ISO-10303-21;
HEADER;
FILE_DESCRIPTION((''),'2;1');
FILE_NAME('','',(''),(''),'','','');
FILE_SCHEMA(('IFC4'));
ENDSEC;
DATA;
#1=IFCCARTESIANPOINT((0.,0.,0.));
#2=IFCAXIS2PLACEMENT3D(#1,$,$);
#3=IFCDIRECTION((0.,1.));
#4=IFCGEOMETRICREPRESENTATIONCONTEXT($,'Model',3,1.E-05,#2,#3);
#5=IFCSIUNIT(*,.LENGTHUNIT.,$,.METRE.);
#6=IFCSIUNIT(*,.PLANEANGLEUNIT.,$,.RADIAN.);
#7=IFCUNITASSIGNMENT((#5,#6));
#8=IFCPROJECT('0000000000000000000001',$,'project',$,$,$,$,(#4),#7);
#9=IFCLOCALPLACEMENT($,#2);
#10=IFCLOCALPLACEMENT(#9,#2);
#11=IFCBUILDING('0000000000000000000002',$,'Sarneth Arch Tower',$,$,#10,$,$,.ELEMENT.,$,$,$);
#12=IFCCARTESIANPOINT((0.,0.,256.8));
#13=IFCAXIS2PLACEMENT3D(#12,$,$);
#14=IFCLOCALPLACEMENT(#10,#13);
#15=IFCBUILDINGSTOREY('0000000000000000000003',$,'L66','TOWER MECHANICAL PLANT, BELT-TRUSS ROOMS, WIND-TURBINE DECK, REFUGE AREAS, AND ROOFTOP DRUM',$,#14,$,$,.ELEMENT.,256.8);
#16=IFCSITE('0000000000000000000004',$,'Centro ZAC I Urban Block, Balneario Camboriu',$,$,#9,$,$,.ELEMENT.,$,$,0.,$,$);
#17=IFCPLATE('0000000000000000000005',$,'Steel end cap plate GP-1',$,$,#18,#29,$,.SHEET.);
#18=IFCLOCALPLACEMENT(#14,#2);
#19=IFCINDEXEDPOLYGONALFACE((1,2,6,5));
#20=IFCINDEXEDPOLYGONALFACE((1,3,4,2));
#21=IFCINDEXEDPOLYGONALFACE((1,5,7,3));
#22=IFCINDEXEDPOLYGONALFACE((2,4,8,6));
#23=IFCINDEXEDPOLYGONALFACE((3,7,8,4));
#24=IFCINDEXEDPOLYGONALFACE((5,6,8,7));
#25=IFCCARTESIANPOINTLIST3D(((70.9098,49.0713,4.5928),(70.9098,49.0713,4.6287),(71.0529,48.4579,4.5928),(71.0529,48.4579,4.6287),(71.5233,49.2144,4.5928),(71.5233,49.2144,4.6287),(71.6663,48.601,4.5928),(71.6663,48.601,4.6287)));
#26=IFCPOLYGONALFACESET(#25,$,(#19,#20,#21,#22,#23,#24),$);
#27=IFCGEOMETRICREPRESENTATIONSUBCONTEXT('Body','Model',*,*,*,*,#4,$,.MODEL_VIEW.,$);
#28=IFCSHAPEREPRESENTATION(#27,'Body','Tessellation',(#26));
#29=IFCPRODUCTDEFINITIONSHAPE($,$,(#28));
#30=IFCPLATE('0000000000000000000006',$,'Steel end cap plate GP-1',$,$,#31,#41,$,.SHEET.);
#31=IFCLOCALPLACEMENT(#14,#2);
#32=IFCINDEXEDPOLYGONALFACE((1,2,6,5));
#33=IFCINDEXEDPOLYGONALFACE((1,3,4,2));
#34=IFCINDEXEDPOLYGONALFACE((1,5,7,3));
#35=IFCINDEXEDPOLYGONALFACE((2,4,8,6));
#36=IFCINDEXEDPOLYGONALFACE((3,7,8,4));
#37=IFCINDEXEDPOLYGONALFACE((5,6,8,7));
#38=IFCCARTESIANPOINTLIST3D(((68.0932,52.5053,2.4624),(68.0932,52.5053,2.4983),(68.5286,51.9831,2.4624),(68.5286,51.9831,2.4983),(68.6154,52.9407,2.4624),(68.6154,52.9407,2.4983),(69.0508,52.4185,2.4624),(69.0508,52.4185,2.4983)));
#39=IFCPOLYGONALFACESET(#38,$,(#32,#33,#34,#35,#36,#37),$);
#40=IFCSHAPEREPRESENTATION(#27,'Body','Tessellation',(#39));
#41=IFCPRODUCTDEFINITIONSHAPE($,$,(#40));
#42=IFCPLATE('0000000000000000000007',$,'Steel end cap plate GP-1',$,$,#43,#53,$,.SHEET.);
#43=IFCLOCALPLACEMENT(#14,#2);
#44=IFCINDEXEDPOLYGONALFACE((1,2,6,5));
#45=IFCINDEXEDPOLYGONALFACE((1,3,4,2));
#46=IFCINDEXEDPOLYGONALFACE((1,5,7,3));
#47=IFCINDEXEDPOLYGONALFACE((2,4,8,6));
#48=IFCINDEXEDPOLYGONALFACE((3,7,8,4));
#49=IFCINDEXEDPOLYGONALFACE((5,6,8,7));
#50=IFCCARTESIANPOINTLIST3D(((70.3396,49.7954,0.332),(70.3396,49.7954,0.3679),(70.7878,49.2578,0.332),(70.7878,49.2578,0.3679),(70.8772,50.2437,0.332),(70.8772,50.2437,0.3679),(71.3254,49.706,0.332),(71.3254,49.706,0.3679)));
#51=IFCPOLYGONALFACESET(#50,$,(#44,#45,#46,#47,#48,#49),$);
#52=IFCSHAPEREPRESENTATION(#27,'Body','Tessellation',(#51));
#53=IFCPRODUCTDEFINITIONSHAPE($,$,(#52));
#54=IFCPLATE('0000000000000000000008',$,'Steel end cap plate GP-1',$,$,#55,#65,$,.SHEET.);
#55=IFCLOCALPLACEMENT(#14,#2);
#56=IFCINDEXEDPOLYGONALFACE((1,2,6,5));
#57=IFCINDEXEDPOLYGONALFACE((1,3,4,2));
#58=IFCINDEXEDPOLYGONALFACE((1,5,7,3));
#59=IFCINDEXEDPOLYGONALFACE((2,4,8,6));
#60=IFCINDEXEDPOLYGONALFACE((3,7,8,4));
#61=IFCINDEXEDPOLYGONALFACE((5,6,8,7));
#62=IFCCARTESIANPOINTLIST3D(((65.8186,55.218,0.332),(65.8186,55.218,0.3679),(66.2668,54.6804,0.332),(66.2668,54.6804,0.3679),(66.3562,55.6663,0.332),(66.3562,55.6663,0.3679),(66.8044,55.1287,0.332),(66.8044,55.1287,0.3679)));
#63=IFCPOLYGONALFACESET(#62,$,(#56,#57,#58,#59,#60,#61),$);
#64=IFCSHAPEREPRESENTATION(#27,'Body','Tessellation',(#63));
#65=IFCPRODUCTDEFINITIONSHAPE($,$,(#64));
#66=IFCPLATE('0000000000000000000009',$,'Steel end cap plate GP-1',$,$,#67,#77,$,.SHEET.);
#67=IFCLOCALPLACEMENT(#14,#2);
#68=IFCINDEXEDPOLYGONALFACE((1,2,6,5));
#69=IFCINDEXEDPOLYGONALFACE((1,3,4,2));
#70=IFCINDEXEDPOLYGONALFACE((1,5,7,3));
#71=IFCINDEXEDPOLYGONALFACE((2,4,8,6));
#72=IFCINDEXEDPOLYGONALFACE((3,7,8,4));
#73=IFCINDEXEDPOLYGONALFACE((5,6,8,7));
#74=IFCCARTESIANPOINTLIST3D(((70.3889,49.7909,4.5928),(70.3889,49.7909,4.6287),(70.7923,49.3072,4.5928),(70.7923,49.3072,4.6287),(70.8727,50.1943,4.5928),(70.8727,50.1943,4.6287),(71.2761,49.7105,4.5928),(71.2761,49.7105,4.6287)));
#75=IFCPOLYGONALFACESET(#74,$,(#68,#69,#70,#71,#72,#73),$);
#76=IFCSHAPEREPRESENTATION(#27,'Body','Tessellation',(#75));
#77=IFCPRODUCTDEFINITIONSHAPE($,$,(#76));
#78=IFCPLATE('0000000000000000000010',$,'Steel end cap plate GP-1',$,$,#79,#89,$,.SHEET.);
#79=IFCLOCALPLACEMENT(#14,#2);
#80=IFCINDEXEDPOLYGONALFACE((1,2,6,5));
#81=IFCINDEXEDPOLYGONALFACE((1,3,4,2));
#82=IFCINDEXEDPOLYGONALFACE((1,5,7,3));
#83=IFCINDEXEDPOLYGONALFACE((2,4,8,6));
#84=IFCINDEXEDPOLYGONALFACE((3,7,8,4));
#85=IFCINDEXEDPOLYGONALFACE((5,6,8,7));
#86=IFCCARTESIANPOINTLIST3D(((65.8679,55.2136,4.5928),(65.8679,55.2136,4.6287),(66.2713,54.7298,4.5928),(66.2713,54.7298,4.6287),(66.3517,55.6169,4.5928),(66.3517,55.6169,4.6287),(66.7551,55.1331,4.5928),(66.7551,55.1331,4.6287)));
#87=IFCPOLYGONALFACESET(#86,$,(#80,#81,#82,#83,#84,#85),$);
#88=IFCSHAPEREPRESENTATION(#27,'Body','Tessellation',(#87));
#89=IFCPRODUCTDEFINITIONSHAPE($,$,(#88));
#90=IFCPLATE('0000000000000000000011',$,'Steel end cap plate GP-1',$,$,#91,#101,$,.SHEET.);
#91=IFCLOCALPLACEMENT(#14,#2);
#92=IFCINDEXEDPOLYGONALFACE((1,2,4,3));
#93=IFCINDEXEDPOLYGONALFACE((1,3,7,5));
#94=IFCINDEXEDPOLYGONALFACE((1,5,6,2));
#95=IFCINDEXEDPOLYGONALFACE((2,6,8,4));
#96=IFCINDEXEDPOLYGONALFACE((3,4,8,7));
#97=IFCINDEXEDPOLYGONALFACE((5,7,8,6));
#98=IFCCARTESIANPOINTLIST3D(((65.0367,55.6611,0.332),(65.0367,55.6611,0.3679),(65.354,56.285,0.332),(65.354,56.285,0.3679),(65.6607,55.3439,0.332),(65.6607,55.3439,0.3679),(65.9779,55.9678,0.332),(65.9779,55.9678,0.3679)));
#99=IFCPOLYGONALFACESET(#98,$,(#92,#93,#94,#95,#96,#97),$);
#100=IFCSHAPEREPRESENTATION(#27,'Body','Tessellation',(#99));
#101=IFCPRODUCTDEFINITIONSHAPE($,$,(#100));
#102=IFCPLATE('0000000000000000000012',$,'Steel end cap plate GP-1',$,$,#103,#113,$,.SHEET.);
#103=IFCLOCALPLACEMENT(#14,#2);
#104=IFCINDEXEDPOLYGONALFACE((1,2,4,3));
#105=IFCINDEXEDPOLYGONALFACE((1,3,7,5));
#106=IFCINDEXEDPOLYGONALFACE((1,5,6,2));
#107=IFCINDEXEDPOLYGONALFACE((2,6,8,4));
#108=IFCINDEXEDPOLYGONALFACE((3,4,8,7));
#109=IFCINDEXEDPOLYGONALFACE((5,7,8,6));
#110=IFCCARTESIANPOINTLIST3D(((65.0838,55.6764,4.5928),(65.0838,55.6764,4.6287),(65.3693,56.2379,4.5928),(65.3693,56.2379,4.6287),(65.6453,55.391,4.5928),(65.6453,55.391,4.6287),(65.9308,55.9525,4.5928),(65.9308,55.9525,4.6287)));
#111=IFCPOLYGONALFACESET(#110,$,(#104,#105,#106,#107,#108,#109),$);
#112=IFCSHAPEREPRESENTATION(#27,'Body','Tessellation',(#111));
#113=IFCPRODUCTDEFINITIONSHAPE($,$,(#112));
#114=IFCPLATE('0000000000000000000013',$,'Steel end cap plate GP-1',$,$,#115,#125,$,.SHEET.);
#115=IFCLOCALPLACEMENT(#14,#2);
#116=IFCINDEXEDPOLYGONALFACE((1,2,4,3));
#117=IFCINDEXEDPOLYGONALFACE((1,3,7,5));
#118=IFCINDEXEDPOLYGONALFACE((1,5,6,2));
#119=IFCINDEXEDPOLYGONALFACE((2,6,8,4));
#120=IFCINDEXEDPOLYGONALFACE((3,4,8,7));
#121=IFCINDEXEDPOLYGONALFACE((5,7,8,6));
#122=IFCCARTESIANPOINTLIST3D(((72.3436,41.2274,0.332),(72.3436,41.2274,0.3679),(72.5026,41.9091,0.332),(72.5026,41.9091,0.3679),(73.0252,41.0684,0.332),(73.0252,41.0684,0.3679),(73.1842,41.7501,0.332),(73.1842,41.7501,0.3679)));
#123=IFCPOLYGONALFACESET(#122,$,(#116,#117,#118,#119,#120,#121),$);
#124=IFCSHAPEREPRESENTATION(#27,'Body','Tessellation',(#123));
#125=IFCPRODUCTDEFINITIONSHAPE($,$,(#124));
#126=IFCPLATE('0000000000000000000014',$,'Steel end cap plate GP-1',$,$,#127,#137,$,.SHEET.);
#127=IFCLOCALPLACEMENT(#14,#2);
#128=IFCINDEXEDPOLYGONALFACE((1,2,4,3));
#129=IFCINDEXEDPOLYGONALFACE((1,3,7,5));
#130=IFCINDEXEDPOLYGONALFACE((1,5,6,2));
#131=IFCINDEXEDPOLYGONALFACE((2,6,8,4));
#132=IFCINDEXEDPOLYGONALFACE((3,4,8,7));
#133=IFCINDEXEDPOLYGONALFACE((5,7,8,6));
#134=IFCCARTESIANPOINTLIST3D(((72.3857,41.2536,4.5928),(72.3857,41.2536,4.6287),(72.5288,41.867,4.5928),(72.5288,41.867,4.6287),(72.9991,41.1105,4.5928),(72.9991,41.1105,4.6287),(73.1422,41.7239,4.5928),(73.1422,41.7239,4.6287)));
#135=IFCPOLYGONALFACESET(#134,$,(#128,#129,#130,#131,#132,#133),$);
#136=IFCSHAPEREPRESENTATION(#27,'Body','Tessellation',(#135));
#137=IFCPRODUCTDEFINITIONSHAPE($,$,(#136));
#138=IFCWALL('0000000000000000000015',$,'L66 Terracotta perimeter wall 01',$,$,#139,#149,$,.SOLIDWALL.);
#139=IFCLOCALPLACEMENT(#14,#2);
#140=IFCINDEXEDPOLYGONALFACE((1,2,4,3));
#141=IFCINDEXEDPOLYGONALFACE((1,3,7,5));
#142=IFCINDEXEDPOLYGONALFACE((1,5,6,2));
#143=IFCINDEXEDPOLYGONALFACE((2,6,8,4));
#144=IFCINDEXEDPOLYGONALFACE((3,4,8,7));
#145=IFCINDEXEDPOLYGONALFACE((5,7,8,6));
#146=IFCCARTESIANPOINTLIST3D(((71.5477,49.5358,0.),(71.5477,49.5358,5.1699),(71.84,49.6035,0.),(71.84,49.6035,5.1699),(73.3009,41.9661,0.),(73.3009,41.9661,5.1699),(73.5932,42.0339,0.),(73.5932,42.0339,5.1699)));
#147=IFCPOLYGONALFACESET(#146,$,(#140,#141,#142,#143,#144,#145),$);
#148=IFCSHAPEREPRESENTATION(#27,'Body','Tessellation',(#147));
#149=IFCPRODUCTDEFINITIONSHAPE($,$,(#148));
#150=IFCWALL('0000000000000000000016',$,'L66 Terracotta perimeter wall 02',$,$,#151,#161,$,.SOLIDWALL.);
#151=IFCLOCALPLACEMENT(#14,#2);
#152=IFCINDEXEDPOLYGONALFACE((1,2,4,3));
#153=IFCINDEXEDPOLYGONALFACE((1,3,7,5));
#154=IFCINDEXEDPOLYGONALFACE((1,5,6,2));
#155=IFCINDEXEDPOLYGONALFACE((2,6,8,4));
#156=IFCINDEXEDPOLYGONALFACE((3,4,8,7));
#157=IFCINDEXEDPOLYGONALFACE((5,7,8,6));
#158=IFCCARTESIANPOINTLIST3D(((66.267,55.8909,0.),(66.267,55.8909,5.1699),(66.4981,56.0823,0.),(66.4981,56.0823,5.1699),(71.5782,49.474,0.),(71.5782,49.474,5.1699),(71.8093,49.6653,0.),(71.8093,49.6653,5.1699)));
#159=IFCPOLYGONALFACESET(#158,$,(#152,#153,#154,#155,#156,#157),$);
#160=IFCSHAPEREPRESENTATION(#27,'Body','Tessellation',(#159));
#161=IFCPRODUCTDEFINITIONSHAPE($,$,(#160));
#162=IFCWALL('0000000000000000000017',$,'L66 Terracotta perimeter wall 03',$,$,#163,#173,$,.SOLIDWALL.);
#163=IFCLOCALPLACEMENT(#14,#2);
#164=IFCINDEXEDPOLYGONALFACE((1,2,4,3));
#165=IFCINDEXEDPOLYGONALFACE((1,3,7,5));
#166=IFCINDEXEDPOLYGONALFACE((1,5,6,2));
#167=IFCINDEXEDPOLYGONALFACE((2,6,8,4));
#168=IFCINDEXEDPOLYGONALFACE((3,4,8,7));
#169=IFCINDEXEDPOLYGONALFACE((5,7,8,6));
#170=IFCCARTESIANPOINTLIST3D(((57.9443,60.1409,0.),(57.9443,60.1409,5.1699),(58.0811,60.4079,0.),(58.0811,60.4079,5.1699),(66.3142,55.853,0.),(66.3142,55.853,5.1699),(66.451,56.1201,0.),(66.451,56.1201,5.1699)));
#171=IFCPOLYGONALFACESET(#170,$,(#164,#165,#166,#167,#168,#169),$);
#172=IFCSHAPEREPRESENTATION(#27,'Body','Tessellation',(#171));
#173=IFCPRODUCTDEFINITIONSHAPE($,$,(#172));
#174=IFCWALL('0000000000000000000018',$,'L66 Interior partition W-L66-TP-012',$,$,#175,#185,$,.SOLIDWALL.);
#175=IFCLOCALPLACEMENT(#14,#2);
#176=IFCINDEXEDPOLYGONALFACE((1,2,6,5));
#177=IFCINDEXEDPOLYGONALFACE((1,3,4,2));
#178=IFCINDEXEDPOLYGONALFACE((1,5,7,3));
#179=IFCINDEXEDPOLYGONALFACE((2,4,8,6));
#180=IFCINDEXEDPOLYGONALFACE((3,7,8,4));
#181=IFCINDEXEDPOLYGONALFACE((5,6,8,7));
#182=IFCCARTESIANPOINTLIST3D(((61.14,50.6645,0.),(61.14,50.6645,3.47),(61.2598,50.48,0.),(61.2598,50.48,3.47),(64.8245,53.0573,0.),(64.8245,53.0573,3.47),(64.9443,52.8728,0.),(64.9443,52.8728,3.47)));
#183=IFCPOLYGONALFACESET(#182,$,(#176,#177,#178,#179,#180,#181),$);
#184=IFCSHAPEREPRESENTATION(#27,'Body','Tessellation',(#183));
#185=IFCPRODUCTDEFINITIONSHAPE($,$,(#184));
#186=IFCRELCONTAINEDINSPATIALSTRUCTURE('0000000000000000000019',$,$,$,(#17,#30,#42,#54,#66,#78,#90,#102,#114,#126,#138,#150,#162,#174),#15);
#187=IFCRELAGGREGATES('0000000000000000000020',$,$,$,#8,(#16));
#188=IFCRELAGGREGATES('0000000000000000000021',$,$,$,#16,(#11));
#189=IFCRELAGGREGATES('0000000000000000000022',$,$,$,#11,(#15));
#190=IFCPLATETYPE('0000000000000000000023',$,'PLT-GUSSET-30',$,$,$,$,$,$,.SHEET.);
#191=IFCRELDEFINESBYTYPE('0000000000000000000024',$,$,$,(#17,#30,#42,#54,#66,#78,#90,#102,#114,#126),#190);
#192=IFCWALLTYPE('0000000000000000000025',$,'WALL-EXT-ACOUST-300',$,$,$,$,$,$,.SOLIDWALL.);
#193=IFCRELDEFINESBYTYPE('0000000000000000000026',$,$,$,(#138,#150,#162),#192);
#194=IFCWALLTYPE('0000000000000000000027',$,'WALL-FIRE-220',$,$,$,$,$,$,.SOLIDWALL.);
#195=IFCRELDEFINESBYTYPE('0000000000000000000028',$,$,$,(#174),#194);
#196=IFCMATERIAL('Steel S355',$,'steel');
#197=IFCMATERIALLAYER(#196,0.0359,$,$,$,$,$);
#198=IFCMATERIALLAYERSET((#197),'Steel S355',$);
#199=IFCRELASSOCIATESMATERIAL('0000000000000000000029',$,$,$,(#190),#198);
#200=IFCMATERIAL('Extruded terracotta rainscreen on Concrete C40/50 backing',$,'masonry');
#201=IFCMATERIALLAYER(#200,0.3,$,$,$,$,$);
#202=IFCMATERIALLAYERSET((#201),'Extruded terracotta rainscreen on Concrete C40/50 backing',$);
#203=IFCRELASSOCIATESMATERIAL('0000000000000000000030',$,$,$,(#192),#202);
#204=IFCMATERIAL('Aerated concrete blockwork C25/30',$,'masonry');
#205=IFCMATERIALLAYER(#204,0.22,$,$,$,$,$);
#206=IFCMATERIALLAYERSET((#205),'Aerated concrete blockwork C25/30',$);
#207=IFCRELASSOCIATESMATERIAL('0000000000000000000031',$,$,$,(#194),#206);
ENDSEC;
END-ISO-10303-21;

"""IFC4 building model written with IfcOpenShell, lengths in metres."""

from ifc_helpers import new_model, si_unit, direction, frame, frame_2d, origin, origin_2d, place, context, subcontext, project, spatial, rectangle, extrude, material, layer, layer_set, type_object, element, save


model = new_model("IFC4")

# Units and contexts
model_context = context("Model", 3, precision=1e-05, world=origin(), true_north=direction((0.0, 1.0)))
body_context = subcontext(model_context, "Body", "Model", "MODEL_VIEW")
ifc_project = project(units=[si_unit("LENGTHUNIT", "METRE"), si_unit("PLANEANGLEUNIT", "RADIAN")], contexts=[model_context])

# Site, building, storey
site_placement = place(None, origin())
site = spatial("IfcSite", under=ifc_project, at=site_placement, Name="Centro ZAC I Urban Block, Balneario Camboriu", CompositionType="ELEMENT", RefElevation=0.0)
building_placement = place(site_placement, origin())
building = spatial("IfcBuilding", under=site, at=building_placement, Name="Sarneth Arch Tower", CompositionType="ELEMENT")
storey_placement = place(building_placement, frame((0.0, 0.0, 256.8)))
storey = spatial("IfcBuildingStorey", under=building, at=storey_placement, Name="L66", Description="TOWER MECHANICAL PLANT, BELT-TRUSS ROOMS, WIND-TURBINE DECK, REFUGE AREAS, AND ROOFTOP DRUM", CompositionType="ELEMENT", Elevation=256.8)

# Plates
ifc_material_1 = material(Name="Steel S355", Category="steel")
ifc_layer_1 = layer(ifc_material_1, 0.0359)
ifc_layer_set_1 = layer_set([ifc_layer_1], Name="Steel S355")
plate_type_1 = type_object("IfcPlateType", Name="PLT-GUSSET-30", PredefinedType="SHEET", material=ifc_layer_set_1)
for number, where, z_axis, x_axis, name in (
    (1, (71.2881, 48.8362, 4.5928), (0.0, 0.0, 1.0), (-0.227161, 0.973857, 0.0), "Steel end cap plate GP-1"),
):
    element("IfcPlate", number, at=place(storey_placement, frame(where, z_axis=z_axis, x_axis=x_axis)), inside=storey, type_object=plate_type_1, Name=name, PredefinedType="SHEET", context=body_context, shape_type="SweptSolid", body=[
        extrude(rectangle(XDim=0.6299, YDim=0.6299, at=origin_2d()), origin(), (0.0, 0.0, 1.0), 0.0359),
    ])
plate_1_placement = place(storey_placement, frame((68.572, 52.4619, 2.4624), z_axis=(0.0, 0.0, 1.0), x_axis=(-0.640378, 0.76806, 0.0)))
element("IfcPlate", 2, at=plate_1_placement, inside=storey, type_object=plate_type_1, Name="Steel end cap plate GP-1", PredefinedType="SHEET", context=body_context, shape_type="SweptSolid", body=[
    extrude(rectangle(XDim=0.6799, YDim=0.6799, at=origin_2d()), origin(), (0.0, 0.0, 1.0), 0.0359),
])
for number, where, z_axis, x_axis, name in (
    (3, (70.8325, 49.7507, 0.332), (0.0, 0.0, 1.0), (0.640378, -0.76806, 0.0), "Steel end cap plate GP-1"),
    (4, (66.3115, 55.1733, 0.332), (0.0, 0.0, 1.0), (-0.640378, 0.76806, 0.0), "Steel end cap plate GP-1"),
):
    element("IfcPlate", number, at=place(storey_placement, frame(where, z_axis=z_axis, x_axis=x_axis)), inside=storey, type_object=plate_type_1, Name=name, PredefinedType="SHEET", context=body_context, shape_type="SweptSolid", body=[
        extrude(rectangle(XDim=0.7, YDim=0.7, at=origin_2d()), origin(), (0.0, 0.0, 1.0), 0.0359),
    ])
for number, where, z_axis, x_axis, name in (
    (5, (70.8325, 49.7507, 4.5928), (0.0, 0.0, 1.0), (0.640378, -0.76806, 0.0), "Steel end cap plate GP-1"),
    (6, (66.3115, 55.1733, 4.5928), (0.0, 0.0, 1.0), (-0.640378, 0.76806, 0.0), "Steel end cap plate GP-1"),
):
    element("IfcPlate", number, at=place(storey_placement, frame(where, z_axis=z_axis, x_axis=x_axis)), inside=storey, type_object=plate_type_1, Name=name, PredefinedType="SHEET", context=body_context, shape_type="SweptSolid", body=[
        extrude(rectangle(XDim=0.6299, YDim=0.6299, at=origin_2d()), origin(), (0.0, 0.0, 1.0), 0.0359),
    ])
plate_2_placement = place(storey_placement, frame((65.5073, 55.8145, 0.332), z_axis=(0.0, 0.0, 1.0), x_axis=(0.891402, -0.453213, 0.0)))
element("IfcPlate", 7, at=plate_2_placement, inside=storey, type_object=plate_type_1, Name="Steel end cap plate GP-1", PredefinedType="SHEET", context=body_context, shape_type="SweptSolid", body=[
    extrude(rectangle(XDim=0.7, YDim=0.7, at=origin_2d()), origin(), (0.0, 0.0, 1.0), 0.0359),
])
plate_3_placement = place(storey_placement, frame((65.5073, 55.8145, 4.5928), z_axis=(0.0, 0.0, 1.0), x_axis=(0.891402, -0.453213, 0.0)))
element("IfcPlate", 8, at=plate_3_placement, inside=storey, type_object=plate_type_1, Name="Steel end cap plate GP-1", PredefinedType="SHEET", context=body_context, shape_type="SweptSolid", body=[
    extrude(rectangle(XDim=0.6299, YDim=0.6299, at=origin_2d()), origin(), (0.0, 0.0, 1.0), 0.0359),
])
plate_4_placement = place(storey_placement, frame((72.7639, 41.4888, 0.332), z_axis=(0.0, 0.0, 1.0), x_axis=(0.227161, 0.973857, 0.0)))
element("IfcPlate", 9, at=plate_4_placement, inside=storey, type_object=plate_type_1, Name="Steel end cap plate GP-1", PredefinedType="SHEET", context=body_context, shape_type="SweptSolid", body=[
    extrude(rectangle(XDim=0.7, YDim=0.7, at=origin_2d()), origin(), (0.0, 0.0, 1.0), 0.0359),
])
plate_5_placement = place(storey_placement, frame((72.7639, 41.4888, 4.5928), z_axis=(0.0, 0.0, 1.0), x_axis=(0.227161, 0.973857, 0.0)))
element("IfcPlate", 10, at=plate_5_placement, inside=storey, type_object=plate_type_1, Name="Steel end cap plate GP-1", PredefinedType="SHEET", context=body_context, shape_type="SweptSolid", body=[
    extrude(rectangle(XDim=0.6299, YDim=0.6299, at=origin_2d()), origin(), (0.0, 0.0, 1.0), 0.0359),
])

# Walls
ifc_material_2 = material(Name="Extruded terracotta rainscreen on Concrete C40/50 backing", Category="masonry")
ifc_layer_2 = layer(ifc_material_2, 0.3)
ifc_layer_set_2 = layer_set([ifc_layer_2], Name="Extruded terracotta rainscreen on Concrete C40/50 backing")
wall_type_1 = type_object("IfcWallType", Name="WALL-EXT-ACOUST-300", PredefinedType="SOLIDWALL", material=ifc_layer_set_2)
wall_1_placement = place(storey_placement, frame((73.447, 42.0, 0.0), z_axis=(0.0, 0.0, 1.0), x_axis=(-0.225635, 0.974212, 0.0)))
element("IfcWall", 11, at=wall_1_placement, inside=storey, type_object=wall_type_1, Name="L66 Terracotta perimeter wall 01", PredefinedType="SOLIDWALL", context=body_context, shape_type="SweptSolid", body=[
    extrude(rectangle(XDim=7.77, YDim=0.3, at=frame_2d((3.885, 0.0))), origin(), (0.0, 0.0, 1.0), 5.1699),
])
wall_2_placement = place(storey_placement, frame((71.6938, 49.5696, 0.0), z_axis=(0.0, 0.0, 1.0), x_axis=(-0.637615, 0.770355, 0.0)))
element("IfcWall", 12, at=wall_2_placement, inside=storey, type_object=wall_type_1, Name="L66 Terracotta perimeter wall 02", PredefinedType="SOLIDWALL", context=body_context, shape_type="SweptSolid", body=[
    extrude(rectangle(XDim=8.3298, YDim=0.3, at=frame_2d((4.165, 0.0))), origin(), (0.0, 0.0, 1.0), 5.1699),
])
wall_3_placement = place(storey_placement, frame((66.3826, 55.9866, 0.0), z_axis=(0.0, 0.0, 1.0), x_axis=(-0.890007, 0.455946, 0.0)))
element("IfcWall", 13, at=wall_3_placement, inside=storey, type_object=wall_type_1, Name="L66 Terracotta perimeter wall 03", PredefinedType="SOLIDWALL", context=body_context, shape_type="SweptSolid", body=[
    extrude(rectangle(XDim=9.4043, YDim=0.3, at=frame_2d((4.7021, 0.0))), origin(), (0.0, 0.0, 1.0), 5.1699),
])
ifc_material_3 = material(Name="Aerated concrete blockwork C25/30", Category="masonry")
ifc_layer_3 = layer(ifc_material_3, 0.22)
ifc_layer_set_3 = layer_set([ifc_layer_3], Name="Aerated concrete blockwork C25/30")
wall_type_2 = type_object("IfcWallType", Name="WALL-FIRE-220", PredefinedType="SOLIDWALL", material=ifc_layer_set_3)
wall_4_placement = place(storey_placement, frame((64.8845, 52.9651, 0.0), z_axis=(0.0, 0.0, 1.0), x_axis=(-0.838667, -0.544645, 0.0)))
element("IfcWall", 14, at=wall_4_placement, inside=storey, type_object=wall_type_2, Name="L66 Interior partition W-L66-TP-012", PredefinedType="SOLIDWALL", context=body_context, shape_type="SweptSolid", body=[
    extrude(rectangle(XDim=4.3933, YDim=0.22, at=frame_2d((2.1968, 0.0))), origin(), (0.0, 0.0, 1.0), 3.47),
])

save(model, "model.ifc")
